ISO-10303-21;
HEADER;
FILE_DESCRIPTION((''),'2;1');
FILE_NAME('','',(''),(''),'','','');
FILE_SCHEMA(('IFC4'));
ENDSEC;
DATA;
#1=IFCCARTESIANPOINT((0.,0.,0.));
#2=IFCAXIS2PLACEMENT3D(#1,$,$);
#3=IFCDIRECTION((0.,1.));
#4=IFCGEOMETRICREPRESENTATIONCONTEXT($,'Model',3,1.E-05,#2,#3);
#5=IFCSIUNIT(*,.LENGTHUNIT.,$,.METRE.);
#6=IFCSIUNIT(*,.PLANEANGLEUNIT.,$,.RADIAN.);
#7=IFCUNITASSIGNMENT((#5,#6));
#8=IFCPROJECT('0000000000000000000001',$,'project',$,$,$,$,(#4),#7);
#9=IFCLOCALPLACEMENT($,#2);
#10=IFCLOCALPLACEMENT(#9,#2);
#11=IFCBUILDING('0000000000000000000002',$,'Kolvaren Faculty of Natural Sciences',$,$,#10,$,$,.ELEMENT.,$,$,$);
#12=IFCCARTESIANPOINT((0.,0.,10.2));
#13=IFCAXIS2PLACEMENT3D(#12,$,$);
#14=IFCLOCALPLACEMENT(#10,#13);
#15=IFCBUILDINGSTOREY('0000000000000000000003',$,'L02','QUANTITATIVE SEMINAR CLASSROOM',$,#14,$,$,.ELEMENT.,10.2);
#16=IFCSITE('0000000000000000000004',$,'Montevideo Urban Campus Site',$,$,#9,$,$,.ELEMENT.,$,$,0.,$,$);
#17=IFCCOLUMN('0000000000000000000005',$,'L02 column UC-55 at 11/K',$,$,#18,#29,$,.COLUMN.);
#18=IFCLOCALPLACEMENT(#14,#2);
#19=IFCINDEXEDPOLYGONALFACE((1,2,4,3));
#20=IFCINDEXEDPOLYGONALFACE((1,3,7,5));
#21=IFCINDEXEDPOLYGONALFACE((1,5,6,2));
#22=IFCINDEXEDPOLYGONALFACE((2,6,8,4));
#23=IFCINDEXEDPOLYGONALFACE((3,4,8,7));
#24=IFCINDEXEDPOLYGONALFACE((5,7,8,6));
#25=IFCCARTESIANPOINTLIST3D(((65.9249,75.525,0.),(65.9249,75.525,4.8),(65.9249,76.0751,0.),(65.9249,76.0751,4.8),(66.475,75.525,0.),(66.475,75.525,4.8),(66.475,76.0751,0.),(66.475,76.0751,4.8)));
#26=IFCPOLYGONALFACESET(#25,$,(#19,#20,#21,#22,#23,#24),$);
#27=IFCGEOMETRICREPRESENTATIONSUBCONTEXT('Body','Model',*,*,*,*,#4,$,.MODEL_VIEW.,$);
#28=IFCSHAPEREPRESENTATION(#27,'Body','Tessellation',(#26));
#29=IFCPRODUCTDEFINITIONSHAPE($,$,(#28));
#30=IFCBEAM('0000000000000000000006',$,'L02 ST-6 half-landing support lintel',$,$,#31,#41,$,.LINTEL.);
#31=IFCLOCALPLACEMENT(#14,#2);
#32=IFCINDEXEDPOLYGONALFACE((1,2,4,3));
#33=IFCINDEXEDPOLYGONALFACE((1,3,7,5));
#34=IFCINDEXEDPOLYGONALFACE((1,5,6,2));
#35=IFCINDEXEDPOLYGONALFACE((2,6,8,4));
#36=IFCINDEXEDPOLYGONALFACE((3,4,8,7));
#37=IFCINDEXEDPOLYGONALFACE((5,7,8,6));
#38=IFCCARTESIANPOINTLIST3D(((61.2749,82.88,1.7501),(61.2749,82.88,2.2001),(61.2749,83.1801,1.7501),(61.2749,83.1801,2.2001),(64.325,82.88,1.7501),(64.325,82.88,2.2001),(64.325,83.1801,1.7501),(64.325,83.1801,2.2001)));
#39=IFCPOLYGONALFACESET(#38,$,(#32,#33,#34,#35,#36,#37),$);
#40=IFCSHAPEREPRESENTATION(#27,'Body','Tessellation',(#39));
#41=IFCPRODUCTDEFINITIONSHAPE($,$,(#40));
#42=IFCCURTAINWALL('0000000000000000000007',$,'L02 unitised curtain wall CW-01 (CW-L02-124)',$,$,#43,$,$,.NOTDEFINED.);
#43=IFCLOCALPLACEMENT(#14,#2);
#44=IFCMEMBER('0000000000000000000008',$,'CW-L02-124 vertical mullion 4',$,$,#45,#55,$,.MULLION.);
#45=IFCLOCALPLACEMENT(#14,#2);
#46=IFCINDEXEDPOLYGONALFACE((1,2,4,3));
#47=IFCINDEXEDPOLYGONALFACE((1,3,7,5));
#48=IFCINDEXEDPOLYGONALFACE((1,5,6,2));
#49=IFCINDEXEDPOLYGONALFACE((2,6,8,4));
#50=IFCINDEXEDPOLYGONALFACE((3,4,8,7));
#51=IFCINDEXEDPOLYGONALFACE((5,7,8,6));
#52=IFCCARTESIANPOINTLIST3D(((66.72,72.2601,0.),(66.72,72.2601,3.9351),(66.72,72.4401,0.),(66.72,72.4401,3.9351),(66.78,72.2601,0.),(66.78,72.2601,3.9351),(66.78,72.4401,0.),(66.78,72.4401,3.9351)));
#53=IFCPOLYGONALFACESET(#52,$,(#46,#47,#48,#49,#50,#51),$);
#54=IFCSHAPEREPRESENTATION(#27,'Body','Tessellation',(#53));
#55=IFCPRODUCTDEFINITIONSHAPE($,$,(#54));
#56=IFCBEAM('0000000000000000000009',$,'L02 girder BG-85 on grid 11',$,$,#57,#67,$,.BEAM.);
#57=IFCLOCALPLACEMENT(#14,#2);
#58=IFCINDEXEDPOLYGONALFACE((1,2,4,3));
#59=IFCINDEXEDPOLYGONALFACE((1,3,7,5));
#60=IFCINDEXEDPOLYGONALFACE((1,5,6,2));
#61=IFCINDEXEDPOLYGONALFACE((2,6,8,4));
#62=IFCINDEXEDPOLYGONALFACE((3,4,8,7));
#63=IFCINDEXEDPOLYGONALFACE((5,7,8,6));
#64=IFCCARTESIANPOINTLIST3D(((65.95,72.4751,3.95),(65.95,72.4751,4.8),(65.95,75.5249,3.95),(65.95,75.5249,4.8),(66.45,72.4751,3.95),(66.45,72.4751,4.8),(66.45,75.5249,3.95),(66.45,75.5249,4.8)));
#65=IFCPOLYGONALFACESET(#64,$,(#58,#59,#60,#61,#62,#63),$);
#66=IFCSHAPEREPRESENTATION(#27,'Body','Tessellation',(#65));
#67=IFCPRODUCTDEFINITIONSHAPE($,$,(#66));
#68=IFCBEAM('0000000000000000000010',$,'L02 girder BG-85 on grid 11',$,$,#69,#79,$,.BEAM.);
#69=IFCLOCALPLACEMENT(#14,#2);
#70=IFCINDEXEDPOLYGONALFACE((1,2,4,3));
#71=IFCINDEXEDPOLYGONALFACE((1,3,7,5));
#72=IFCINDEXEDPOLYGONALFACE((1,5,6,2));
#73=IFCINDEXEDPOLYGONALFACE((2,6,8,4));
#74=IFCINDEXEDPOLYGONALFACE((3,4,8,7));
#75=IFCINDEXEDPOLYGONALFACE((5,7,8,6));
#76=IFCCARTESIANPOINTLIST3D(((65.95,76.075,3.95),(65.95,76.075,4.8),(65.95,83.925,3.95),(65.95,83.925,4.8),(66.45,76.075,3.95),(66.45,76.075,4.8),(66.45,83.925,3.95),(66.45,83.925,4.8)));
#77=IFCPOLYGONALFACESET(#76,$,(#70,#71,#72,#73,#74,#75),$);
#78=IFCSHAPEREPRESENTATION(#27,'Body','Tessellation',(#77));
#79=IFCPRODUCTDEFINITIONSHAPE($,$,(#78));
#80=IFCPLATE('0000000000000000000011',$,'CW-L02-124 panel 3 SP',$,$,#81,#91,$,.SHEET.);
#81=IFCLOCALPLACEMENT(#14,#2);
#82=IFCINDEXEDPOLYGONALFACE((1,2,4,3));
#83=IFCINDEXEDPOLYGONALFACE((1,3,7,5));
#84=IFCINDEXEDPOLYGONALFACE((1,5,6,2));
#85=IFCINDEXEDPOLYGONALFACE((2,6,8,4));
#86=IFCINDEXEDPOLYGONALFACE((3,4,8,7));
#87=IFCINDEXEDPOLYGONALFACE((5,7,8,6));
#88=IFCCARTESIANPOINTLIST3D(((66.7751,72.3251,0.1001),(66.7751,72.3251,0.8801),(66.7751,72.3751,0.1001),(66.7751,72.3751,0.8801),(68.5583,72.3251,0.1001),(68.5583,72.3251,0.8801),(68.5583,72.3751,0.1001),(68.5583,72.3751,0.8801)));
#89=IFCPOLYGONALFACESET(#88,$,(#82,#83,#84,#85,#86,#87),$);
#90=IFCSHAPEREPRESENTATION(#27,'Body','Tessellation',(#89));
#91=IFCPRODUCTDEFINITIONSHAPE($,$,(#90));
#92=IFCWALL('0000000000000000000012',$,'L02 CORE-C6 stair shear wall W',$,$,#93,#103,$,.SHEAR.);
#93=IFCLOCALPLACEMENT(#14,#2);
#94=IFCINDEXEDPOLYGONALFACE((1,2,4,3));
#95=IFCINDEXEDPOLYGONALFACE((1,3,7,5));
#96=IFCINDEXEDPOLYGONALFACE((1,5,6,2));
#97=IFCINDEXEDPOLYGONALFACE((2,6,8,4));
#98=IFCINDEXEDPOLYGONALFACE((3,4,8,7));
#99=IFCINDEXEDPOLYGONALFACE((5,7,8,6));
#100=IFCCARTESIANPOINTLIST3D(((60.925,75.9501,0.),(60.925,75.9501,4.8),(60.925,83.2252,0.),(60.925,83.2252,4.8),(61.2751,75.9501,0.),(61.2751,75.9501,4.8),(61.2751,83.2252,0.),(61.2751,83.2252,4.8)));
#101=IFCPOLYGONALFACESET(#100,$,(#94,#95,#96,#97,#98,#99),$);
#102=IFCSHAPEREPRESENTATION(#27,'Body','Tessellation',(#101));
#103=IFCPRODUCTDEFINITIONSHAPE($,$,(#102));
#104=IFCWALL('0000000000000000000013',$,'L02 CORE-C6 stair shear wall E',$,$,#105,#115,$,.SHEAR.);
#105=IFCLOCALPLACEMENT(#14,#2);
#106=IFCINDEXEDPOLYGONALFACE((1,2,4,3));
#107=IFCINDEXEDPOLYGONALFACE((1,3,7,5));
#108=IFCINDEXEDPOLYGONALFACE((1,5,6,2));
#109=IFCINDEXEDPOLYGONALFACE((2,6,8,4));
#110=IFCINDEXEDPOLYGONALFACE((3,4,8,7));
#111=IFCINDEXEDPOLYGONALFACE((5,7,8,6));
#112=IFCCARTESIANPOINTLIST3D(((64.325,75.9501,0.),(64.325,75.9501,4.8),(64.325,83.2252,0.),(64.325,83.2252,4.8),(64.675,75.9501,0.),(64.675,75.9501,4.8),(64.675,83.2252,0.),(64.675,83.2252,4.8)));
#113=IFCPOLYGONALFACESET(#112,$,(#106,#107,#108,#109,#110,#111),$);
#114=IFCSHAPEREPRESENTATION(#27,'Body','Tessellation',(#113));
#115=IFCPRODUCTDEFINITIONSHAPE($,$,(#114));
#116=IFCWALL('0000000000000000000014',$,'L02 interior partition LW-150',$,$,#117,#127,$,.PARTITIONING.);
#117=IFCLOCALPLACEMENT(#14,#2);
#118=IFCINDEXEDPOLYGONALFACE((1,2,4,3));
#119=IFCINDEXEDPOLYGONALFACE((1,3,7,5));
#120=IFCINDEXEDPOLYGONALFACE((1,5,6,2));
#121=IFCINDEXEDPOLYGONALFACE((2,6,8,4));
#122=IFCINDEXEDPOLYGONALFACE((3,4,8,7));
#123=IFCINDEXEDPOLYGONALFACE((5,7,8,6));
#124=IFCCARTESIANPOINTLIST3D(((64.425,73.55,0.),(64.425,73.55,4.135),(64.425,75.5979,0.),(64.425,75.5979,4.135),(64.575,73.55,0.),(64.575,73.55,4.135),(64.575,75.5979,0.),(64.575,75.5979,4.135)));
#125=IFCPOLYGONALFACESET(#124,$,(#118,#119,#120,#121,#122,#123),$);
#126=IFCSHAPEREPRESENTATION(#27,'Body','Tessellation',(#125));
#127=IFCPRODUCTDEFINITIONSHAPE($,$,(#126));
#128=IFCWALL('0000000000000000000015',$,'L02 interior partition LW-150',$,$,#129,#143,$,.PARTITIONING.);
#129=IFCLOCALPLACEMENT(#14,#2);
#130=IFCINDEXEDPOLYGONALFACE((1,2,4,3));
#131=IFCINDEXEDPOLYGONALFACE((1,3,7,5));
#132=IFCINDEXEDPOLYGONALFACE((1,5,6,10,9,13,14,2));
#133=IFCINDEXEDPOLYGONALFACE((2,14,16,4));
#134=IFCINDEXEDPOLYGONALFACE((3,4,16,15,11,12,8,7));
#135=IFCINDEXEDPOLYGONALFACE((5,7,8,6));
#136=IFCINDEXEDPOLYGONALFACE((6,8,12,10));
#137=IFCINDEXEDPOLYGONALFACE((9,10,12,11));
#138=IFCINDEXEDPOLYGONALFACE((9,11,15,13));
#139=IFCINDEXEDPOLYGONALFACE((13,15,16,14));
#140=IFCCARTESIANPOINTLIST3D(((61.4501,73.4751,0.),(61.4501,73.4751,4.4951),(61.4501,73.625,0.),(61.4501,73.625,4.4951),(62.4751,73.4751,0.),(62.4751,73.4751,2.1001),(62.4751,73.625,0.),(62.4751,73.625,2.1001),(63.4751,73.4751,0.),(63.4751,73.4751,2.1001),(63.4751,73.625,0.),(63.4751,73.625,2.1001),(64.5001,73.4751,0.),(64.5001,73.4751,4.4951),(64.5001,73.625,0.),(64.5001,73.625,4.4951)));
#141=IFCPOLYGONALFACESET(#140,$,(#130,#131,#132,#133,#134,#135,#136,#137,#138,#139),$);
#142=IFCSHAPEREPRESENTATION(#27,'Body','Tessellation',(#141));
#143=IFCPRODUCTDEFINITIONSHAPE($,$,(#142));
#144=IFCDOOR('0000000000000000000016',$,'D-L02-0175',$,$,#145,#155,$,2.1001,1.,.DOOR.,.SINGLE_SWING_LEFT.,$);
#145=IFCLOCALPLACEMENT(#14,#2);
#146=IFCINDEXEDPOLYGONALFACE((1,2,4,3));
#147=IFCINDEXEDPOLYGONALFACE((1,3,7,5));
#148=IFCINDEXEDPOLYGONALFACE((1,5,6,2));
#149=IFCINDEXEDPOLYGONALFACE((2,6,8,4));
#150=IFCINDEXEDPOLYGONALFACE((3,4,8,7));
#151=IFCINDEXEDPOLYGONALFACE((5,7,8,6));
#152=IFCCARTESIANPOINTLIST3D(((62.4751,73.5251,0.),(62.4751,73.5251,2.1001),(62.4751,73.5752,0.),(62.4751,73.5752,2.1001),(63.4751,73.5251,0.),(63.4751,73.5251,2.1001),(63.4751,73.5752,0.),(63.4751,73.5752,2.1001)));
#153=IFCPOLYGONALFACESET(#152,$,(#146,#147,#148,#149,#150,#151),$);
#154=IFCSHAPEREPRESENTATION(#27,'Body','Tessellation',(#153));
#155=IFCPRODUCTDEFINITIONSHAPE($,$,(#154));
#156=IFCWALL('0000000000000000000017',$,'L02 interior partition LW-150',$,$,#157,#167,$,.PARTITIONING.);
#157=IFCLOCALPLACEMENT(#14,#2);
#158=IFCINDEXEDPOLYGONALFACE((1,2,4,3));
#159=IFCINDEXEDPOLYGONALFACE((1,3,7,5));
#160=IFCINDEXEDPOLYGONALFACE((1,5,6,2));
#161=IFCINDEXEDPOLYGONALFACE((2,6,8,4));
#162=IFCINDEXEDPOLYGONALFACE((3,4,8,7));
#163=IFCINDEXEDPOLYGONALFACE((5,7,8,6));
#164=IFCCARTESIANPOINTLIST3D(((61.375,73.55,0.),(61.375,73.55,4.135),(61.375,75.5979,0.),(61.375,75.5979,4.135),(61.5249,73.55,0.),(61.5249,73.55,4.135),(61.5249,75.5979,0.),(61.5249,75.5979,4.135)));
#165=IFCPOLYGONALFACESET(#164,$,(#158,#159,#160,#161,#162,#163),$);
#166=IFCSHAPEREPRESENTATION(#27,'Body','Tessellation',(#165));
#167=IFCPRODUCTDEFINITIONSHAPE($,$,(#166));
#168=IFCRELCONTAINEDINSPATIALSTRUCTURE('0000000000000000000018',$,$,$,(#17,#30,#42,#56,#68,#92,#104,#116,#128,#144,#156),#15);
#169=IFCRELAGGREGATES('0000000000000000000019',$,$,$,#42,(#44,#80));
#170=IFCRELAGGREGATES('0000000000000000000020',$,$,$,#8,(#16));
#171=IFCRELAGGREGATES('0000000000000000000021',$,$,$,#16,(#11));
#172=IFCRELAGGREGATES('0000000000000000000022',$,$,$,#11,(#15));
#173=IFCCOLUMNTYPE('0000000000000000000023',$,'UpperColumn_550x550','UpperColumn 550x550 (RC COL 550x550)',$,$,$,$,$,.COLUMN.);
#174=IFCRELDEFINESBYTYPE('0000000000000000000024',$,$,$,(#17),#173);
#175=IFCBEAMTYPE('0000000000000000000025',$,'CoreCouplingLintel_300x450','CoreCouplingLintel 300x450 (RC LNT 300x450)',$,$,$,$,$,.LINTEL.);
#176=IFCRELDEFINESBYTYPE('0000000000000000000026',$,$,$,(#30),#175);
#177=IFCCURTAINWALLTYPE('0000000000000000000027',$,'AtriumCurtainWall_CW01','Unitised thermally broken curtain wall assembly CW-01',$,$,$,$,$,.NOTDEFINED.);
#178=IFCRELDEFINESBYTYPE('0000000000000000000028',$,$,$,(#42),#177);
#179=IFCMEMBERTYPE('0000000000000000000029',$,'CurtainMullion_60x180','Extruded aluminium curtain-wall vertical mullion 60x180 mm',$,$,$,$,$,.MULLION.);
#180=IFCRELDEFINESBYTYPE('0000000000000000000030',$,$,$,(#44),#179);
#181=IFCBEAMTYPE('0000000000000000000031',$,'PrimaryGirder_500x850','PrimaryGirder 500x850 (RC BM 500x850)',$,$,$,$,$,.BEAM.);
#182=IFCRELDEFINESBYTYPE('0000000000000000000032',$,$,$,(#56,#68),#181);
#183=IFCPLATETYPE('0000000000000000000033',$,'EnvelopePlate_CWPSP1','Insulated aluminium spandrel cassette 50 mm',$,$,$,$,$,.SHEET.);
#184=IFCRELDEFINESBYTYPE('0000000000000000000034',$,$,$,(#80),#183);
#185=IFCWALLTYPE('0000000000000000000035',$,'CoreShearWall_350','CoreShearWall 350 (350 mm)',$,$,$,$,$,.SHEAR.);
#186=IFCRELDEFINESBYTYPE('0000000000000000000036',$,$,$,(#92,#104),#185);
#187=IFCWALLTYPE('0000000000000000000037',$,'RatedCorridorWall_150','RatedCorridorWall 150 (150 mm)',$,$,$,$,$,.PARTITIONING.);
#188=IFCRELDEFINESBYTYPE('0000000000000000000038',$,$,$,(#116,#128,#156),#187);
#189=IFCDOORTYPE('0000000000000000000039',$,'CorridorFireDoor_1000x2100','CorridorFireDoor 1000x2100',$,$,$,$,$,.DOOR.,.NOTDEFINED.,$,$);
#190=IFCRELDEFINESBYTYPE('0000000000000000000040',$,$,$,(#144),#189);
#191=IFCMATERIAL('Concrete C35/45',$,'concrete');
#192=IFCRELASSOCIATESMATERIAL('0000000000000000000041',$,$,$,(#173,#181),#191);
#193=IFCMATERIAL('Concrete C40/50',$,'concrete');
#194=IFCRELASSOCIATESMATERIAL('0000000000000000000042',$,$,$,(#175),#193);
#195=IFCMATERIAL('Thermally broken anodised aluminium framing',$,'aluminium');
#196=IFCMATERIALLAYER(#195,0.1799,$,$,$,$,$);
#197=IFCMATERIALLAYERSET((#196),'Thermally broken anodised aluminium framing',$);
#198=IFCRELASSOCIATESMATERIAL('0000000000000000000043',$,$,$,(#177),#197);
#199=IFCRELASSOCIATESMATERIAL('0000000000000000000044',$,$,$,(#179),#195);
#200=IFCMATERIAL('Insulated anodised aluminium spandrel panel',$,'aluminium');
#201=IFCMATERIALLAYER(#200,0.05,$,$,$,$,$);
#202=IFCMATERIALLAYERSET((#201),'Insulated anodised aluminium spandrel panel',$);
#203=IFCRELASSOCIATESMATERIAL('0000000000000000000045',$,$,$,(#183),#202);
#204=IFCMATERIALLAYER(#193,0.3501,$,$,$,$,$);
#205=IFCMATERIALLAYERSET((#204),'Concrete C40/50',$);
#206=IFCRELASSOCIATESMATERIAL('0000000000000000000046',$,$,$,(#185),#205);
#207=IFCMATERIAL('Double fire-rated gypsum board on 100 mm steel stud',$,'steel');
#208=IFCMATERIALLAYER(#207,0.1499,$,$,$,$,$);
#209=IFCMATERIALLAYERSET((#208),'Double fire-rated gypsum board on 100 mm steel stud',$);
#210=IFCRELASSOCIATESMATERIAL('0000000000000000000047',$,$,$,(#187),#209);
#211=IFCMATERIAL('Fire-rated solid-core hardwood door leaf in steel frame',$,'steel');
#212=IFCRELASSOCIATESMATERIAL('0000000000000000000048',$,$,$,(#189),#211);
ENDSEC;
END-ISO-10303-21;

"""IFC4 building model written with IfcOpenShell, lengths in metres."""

from ifc_helpers import new_model, si_unit, direction, frame, frame_2d, origin, origin_2d, place, context, subcontext, project, spatial, rectangle, extrude, material, layer, layer_set, material_profile, profile_set, type_object, element, fill, aggregate, save


model = new_model("IFC4")

# Units and contexts
model_context = context("Model", 3, precision=1e-05, world=origin(), true_north=direction((0.0, 1.0)))
body_context = subcontext(model_context, "Body", "Model", "MODEL_VIEW")
ifc_project = project(units=[si_unit("LENGTHUNIT", "METRE"), si_unit("PLANEANGLEUNIT", "RADIAN")], contexts=[model_context])

# Site, building, storey
site_placement = place(None, origin())
site = spatial("IfcSite", under=ifc_project, at=site_placement, Name="Montevideo Urban Campus Site", CompositionType="ELEMENT", RefElevation=0.0)
building_placement = place(site_placement, origin())
building = spatial("IfcBuilding", under=site, at=building_placement, Name="Kolvaren Faculty of Natural Sciences", CompositionType="ELEMENT")
storey_placement = place(building_placement, frame((0.0, 0.0, 10.2)))
storey = spatial("IfcBuildingStorey", under=building, at=storey_placement, Name="L02", Description="QUANTITATIVE SEMINAR CLASSROOM", CompositionType="ELEMENT", Elevation=10.2)

# Column
ifc_material_1 = material(Name="Concrete C35/45", Category="concrete")
ifc_material_profile_1 = material_profile(ifc_material_1, rectangle(XDim=0.55, YDim=0.55, at=origin_2d()), Name="RC COL 550x550")
ifc_profile_set_1 = profile_set([ifc_material_profile_1], Name="Concrete C35/45")
column_type = type_object("IfcColumnType", Name="UpperColumn_550x550", Description="UpperColumn 550x550 (RC COL 550x550)", PredefinedType="COLUMN", material=ifc_profile_set_1)
column_placement = place(storey_placement, frame((66.2, 75.8, 0.0), z_axis=(0.0, 0.0, 1.0), x_axis=(1.0, 0.0, 0.0)))
element("IfcColumn", 1, at=column_placement, inside=storey, type_object=column_type, Name="L02 column UC-55 at 11/K", PredefinedType="COLUMN", context=body_context, shape_type="SweptSolid", body=[
    extrude(rectangle(XDim=0.55, YDim=0.55, at=origin_2d()), origin(), (0.0, 0.0, 1.0), 4.8),
])

# Beam
ifc_material_2 = material(Name="Concrete C40/50", Category="concrete")
ifc_material_profile_2 = material_profile(ifc_material_2, rectangle(XDim=0.3, YDim=0.45, at=origin_2d()), Name="RC LNT 300x450")
ifc_profile_set_2 = profile_set([ifc_material_profile_2], Name="Concrete C40/50")
beam_type_1 = type_object("IfcBeamType", Name="CoreCouplingLintel_300x450", Description="CoreCouplingLintel 300x450 (RC LNT 300x450)", PredefinedType="LINTEL", material=ifc_profile_set_2)
beam_1_placement = place(storey_placement, frame((61.2749, 83.03, 1.9751), z_axis=(1.0, 0.0, 0.0), x_axis=(0.0, 1.0, 0.0)))
element("IfcBeam", 2, at=beam_1_placement, inside=storey, type_object=beam_type_1, Name="L02 ST-6 half-landing support lintel", PredefinedType="LINTEL", context=body_context, shape_type="SweptSolid", body=[
    extrude(rectangle(XDim=0.3, YDim=0.45, at=origin_2d()), origin(), (0.0, 0.0, 1.0), 3.05),
])

# Curtain wall, member
ifc_material_3 = material(Name="Thermally broken anodised aluminium framing", Category="aluminium")
ifc_layer_1 = layer(ifc_material_3, 0.1799)
ifc_layer_set_1 = layer_set([ifc_layer_1], Name="Thermally broken anodised aluminium framing")
curtain_wall_type = type_object("IfcCurtainWallType", Name="AtriumCurtainWall_CW01", Description="Unitised thermally broken curtain wall assembly CW-01", PredefinedType="NOTDEFINED", material=ifc_layer_set_1)
curtain_wall_placement = place(storey_placement, origin())
curtain_wall = element("IfcCurtainWall", 3, at=curtain_wall_placement, inside=storey, type_object=curtain_wall_type, Name="L02 unitised curtain wall CW-01 (CW-L02-124)", PredefinedType="NOTDEFINED")
ifc_material_profile_3 = material_profile(ifc_material_3, rectangle(XDim=0.0601, YDim=0.1799, at=origin_2d()), Name="ALU MUL 60x180")
ifc_profile_set_3 = profile_set([ifc_material_profile_3], Name="Thermally broken anodised aluminium framing")
member_type = type_object("IfcMemberType", Name="CurtainMullion_60x180", Description="Extruded aluminium curtain-wall vertical mullion 60x180 mm", PredefinedType="MULLION", material=ifc_profile_set_3)
member_placement = place(storey_placement, frame((66.75, 72.3501, 0.0), z_axis=(0.0, 0.0, 1.0), x_axis=(-1.0, 0.0, 0.0)))
member = element("IfcMember", 4, at=member_placement, type_object=member_type, Name="CW-L02-124 vertical mullion 4", PredefinedType="MULLION", context=body_context, shape_type="SweptSolid", body=[
    extrude(rectangle(XDim=0.0601, YDim=0.1799, at=origin_2d()), origin(), (0.0, 0.0, 1.0), 3.9351),
])

# Beams
ifc_material_profile_4 = material_profile(ifc_material_1, rectangle(XDim=0.5, YDim=0.8501, at=origin_2d()), Name="RC BM 500x850")
ifc_profile_set_4 = profile_set([ifc_material_profile_4], Name="Concrete C35/45")
beam_type_2 = type_object("IfcBeamType", Name="PrimaryGirder_500x850", Description="PrimaryGirder 500x850 (RC BM 500x850)", PredefinedType="BEAM", material=ifc_profile_set_4)
beam_2_placement = place(storey_placement, frame((66.2, 72.4751, 4.375), z_axis=(0.0, 1.0, 0.0), x_axis=(-1.0, 0.0, 0.0)))
element("IfcBeam", 5, at=beam_2_placement, inside=storey, type_object=beam_type_2, Name="L02 girder BG-85 on grid 11", PredefinedType="BEAM", context=body_context, shape_type="SweptSolid", body=[
    extrude(rectangle(XDim=0.5, YDim=0.8501, at=origin_2d()), origin(), (0.0, 0.0, 1.0), 3.0498),
])
beam_3_placement = place(storey_placement, frame((66.2, 76.075, 4.375), z_axis=(0.0, 1.0, 0.0), x_axis=(-1.0, 0.0, 0.0)))
element("IfcBeam", 6, at=beam_3_placement, inside=storey, type_object=beam_type_2, Name="L02 girder BG-85 on grid 11", PredefinedType="BEAM", context=body_context, shape_type="SweptSolid", body=[
    extrude(rectangle(XDim=0.5, YDim=0.8501, at=origin_2d()), origin(), (0.0, 0.0, 1.0), 7.8501),
])

# Plate
ifc_material_4 = material(Name="Insulated anodised aluminium spandrel panel", Category="aluminium")
ifc_layer_2 = layer(ifc_material_4, 0.05)
ifc_layer_set_2 = layer_set([ifc_layer_2], Name="Insulated anodised aluminium spandrel panel")
plate_type = type_object("IfcPlateType", Name="EnvelopePlate_CWPSP1", Description="Insulated aluminium spandrel cassette 50 mm", PredefinedType="SHEET", material=ifc_layer_set_2)
plate_placement = place(storey_placement, frame((67.6667, 72.3501, 0.1001), z_axis=(0.0, 0.0, 1.0), x_axis=(-1.0, 0.0, 0.0)))
plate = element("IfcPlate", 7, at=plate_placement, type_object=plate_type, Name="CW-L02-124 panel 3 SP", PredefinedType="SHEET", context=body_context, shape_type="SweptSolid", body=[
    extrude(rectangle(XDim=1.7832, YDim=0.05, at=origin_2d()), origin(), (0.0, 0.0, 1.0), 0.78),
])
aggregate(curtain_wall, [member, plate])

# Shared definitions
ifc_layer_3 = layer(ifc_material_2, 0.3501)
ifc_layer_set_3 = layer_set([ifc_layer_3], Name="Concrete C40/50")
wall_type_1 = type_object("IfcWallType", Name="CoreShearWall_350", Description="CoreShearWall 350 (350 mm)", PredefinedType="SHEAR", material=ifc_layer_set_3)
ifc_material_5 = material(Name="Fire-rated solid-core hardwood door leaf in steel frame", Category="steel")

# Walls
for number, where, z_axis, x_axis, name in (
    (8, (61.1001, 75.95, 0.0), (0.0, 0.0, 1.0), (0.0, 1.0, 0.0), "L02 CORE-C6 stair shear wall W"),
    (9, (64.5, 75.95, 0.0), (0.0, 0.0, 1.0), (0.0, 1.0, 0.0), "L02 CORE-C6 stair shear wall E"),
):
    element("IfcWall", number, at=place(storey_placement, frame(where, z_axis=z_axis, x_axis=x_axis)), inside=storey, type_object=wall_type_1, Name=name, PredefinedType="SHEAR", context=body_context, shape_type="SweptSolid", body=[
        extrude(rectangle(XDim=7.2751, YDim=0.3501, at=frame_2d((3.6377, 0.0))), origin(), (0.0, 0.0, 1.0), 4.8),
    ])
ifc_material_6 = material(Name="Double fire-rated gypsum board on 100 mm steel stud", Category="steel")
ifc_layer_4 = layer(ifc_material_6, 0.1499)
ifc_layer_set_4 = layer_set([ifc_layer_4], Name="Double fire-rated gypsum board on 100 mm steel stud")
wall_type_2 = type_object("IfcWallType", Name="RatedCorridorWall_150", Description="RatedCorridorWall 150 (150 mm)", PredefinedType="PARTITIONING", material=ifc_layer_set_4)
wall_1_placement = place(storey_placement, frame((64.5, 75.5979, 0.0), z_axis=(0.0, 0.0, 1.0), x_axis=(0.0, -1.0, 0.0)))
element("IfcWall", 10, at=wall_1_placement, inside=storey, type_object=wall_type_2, Name="L02 interior partition LW-150", PredefinedType="PARTITIONING", context=body_context, shape_type="SweptSolid", body=[
    extrude(rectangle(XDim=2.0479, YDim=0.1499, at=frame_2d((1.0239, 0.0))), origin(), (0.0, 0.0, 1.0), 4.135),
])

# Wall, opening, door
wall_2_placement = place(storey_placement, frame((64.5, 73.55, 0.0), z_axis=(0.0, 0.0, 1.0), x_axis=(-1.0, 0.0, 0.0)))
wall_2 = element("IfcWall", 11, at=wall_2_placement, inside=storey, type_object=wall_type_2, Name="L02 interior partition LW-150", PredefinedType="PARTITIONING", context=body_context, shape_type="SweptSolid", body=[
    extrude(rectangle(XDim=3.05, YDim=0.1499, at=frame_2d((1.5249, 0.0))), origin(), (0.0, 0.0, 1.0), 4.4951),
])
opening_1_placement = place(wall_2_placement, frame((1.0249, 0.0, 0.0)))
opening_1 = element("IfcOpeningElement", 12, at=opening_1_placement, cuts=wall_2, PredefinedType="OPENING", context=body_context, shape_type="SweptSolid", body=[
    extrude(rectangle(XDim=1.0, YDim=2.1001, at=frame_2d((0.5, 1.05))), frame((0.0, 0.085, 0.0), z_axis=(0.0, -1.0, 0.0), x_axis=(1.0, 0.0, 0.0)), (0.0, 0.0, 1.0), 0.1699),
])
door_type_1 = type_object("IfcDoorType", Name="CorridorFireDoor_1000x2100", Description="CorridorFireDoor 1000x2100", OperationType="NOTDEFINED", PredefinedType="DOOR", material=ifc_material_5)
door_1_placement = place(opening_1_placement, origin())
door_1 = element("IfcDoor", 13, at=door_1_placement, inside=storey, type_object=door_type_1, Name="D-L02-0175", OperationType="SINGLE_SWING_LEFT", OverallHeight=2.1001, OverallWidth=1.0, PredefinedType="DOOR", context=body_context, shape_type="SweptSolid", body=[
    extrude(rectangle(XDim=1.0, YDim=2.1001, at=frame_2d((0.5, 1.05))), frame((0.0, 0.0249, 0.0), z_axis=(0.0, -1.0, 0.0), x_axis=(1.0, 0.0, 0.0)), (0.0, 0.0, 1.0), 0.05),
])
fill(opening_1, door_1)

# Wall
wall_3_placement = place(storey_placement, frame((61.45, 73.55, 0.0), z_axis=(0.0, 0.0, 1.0), x_axis=(0.0, 1.0, 0.0)))
element("IfcWall", 14, at=wall_3_placement, inside=storey, type_object=wall_type_2, Name="L02 interior partition LW-150", PredefinedType="PARTITIONING", context=body_context, shape_type="SweptSolid", body=[
    extrude(rectangle(XDim=2.0479, YDim=0.1499, at=frame_2d((1.0239, 0.0))), origin(), (0.0, 0.0, 1.0), 4.135),
])

save(model, "model.ifc")
